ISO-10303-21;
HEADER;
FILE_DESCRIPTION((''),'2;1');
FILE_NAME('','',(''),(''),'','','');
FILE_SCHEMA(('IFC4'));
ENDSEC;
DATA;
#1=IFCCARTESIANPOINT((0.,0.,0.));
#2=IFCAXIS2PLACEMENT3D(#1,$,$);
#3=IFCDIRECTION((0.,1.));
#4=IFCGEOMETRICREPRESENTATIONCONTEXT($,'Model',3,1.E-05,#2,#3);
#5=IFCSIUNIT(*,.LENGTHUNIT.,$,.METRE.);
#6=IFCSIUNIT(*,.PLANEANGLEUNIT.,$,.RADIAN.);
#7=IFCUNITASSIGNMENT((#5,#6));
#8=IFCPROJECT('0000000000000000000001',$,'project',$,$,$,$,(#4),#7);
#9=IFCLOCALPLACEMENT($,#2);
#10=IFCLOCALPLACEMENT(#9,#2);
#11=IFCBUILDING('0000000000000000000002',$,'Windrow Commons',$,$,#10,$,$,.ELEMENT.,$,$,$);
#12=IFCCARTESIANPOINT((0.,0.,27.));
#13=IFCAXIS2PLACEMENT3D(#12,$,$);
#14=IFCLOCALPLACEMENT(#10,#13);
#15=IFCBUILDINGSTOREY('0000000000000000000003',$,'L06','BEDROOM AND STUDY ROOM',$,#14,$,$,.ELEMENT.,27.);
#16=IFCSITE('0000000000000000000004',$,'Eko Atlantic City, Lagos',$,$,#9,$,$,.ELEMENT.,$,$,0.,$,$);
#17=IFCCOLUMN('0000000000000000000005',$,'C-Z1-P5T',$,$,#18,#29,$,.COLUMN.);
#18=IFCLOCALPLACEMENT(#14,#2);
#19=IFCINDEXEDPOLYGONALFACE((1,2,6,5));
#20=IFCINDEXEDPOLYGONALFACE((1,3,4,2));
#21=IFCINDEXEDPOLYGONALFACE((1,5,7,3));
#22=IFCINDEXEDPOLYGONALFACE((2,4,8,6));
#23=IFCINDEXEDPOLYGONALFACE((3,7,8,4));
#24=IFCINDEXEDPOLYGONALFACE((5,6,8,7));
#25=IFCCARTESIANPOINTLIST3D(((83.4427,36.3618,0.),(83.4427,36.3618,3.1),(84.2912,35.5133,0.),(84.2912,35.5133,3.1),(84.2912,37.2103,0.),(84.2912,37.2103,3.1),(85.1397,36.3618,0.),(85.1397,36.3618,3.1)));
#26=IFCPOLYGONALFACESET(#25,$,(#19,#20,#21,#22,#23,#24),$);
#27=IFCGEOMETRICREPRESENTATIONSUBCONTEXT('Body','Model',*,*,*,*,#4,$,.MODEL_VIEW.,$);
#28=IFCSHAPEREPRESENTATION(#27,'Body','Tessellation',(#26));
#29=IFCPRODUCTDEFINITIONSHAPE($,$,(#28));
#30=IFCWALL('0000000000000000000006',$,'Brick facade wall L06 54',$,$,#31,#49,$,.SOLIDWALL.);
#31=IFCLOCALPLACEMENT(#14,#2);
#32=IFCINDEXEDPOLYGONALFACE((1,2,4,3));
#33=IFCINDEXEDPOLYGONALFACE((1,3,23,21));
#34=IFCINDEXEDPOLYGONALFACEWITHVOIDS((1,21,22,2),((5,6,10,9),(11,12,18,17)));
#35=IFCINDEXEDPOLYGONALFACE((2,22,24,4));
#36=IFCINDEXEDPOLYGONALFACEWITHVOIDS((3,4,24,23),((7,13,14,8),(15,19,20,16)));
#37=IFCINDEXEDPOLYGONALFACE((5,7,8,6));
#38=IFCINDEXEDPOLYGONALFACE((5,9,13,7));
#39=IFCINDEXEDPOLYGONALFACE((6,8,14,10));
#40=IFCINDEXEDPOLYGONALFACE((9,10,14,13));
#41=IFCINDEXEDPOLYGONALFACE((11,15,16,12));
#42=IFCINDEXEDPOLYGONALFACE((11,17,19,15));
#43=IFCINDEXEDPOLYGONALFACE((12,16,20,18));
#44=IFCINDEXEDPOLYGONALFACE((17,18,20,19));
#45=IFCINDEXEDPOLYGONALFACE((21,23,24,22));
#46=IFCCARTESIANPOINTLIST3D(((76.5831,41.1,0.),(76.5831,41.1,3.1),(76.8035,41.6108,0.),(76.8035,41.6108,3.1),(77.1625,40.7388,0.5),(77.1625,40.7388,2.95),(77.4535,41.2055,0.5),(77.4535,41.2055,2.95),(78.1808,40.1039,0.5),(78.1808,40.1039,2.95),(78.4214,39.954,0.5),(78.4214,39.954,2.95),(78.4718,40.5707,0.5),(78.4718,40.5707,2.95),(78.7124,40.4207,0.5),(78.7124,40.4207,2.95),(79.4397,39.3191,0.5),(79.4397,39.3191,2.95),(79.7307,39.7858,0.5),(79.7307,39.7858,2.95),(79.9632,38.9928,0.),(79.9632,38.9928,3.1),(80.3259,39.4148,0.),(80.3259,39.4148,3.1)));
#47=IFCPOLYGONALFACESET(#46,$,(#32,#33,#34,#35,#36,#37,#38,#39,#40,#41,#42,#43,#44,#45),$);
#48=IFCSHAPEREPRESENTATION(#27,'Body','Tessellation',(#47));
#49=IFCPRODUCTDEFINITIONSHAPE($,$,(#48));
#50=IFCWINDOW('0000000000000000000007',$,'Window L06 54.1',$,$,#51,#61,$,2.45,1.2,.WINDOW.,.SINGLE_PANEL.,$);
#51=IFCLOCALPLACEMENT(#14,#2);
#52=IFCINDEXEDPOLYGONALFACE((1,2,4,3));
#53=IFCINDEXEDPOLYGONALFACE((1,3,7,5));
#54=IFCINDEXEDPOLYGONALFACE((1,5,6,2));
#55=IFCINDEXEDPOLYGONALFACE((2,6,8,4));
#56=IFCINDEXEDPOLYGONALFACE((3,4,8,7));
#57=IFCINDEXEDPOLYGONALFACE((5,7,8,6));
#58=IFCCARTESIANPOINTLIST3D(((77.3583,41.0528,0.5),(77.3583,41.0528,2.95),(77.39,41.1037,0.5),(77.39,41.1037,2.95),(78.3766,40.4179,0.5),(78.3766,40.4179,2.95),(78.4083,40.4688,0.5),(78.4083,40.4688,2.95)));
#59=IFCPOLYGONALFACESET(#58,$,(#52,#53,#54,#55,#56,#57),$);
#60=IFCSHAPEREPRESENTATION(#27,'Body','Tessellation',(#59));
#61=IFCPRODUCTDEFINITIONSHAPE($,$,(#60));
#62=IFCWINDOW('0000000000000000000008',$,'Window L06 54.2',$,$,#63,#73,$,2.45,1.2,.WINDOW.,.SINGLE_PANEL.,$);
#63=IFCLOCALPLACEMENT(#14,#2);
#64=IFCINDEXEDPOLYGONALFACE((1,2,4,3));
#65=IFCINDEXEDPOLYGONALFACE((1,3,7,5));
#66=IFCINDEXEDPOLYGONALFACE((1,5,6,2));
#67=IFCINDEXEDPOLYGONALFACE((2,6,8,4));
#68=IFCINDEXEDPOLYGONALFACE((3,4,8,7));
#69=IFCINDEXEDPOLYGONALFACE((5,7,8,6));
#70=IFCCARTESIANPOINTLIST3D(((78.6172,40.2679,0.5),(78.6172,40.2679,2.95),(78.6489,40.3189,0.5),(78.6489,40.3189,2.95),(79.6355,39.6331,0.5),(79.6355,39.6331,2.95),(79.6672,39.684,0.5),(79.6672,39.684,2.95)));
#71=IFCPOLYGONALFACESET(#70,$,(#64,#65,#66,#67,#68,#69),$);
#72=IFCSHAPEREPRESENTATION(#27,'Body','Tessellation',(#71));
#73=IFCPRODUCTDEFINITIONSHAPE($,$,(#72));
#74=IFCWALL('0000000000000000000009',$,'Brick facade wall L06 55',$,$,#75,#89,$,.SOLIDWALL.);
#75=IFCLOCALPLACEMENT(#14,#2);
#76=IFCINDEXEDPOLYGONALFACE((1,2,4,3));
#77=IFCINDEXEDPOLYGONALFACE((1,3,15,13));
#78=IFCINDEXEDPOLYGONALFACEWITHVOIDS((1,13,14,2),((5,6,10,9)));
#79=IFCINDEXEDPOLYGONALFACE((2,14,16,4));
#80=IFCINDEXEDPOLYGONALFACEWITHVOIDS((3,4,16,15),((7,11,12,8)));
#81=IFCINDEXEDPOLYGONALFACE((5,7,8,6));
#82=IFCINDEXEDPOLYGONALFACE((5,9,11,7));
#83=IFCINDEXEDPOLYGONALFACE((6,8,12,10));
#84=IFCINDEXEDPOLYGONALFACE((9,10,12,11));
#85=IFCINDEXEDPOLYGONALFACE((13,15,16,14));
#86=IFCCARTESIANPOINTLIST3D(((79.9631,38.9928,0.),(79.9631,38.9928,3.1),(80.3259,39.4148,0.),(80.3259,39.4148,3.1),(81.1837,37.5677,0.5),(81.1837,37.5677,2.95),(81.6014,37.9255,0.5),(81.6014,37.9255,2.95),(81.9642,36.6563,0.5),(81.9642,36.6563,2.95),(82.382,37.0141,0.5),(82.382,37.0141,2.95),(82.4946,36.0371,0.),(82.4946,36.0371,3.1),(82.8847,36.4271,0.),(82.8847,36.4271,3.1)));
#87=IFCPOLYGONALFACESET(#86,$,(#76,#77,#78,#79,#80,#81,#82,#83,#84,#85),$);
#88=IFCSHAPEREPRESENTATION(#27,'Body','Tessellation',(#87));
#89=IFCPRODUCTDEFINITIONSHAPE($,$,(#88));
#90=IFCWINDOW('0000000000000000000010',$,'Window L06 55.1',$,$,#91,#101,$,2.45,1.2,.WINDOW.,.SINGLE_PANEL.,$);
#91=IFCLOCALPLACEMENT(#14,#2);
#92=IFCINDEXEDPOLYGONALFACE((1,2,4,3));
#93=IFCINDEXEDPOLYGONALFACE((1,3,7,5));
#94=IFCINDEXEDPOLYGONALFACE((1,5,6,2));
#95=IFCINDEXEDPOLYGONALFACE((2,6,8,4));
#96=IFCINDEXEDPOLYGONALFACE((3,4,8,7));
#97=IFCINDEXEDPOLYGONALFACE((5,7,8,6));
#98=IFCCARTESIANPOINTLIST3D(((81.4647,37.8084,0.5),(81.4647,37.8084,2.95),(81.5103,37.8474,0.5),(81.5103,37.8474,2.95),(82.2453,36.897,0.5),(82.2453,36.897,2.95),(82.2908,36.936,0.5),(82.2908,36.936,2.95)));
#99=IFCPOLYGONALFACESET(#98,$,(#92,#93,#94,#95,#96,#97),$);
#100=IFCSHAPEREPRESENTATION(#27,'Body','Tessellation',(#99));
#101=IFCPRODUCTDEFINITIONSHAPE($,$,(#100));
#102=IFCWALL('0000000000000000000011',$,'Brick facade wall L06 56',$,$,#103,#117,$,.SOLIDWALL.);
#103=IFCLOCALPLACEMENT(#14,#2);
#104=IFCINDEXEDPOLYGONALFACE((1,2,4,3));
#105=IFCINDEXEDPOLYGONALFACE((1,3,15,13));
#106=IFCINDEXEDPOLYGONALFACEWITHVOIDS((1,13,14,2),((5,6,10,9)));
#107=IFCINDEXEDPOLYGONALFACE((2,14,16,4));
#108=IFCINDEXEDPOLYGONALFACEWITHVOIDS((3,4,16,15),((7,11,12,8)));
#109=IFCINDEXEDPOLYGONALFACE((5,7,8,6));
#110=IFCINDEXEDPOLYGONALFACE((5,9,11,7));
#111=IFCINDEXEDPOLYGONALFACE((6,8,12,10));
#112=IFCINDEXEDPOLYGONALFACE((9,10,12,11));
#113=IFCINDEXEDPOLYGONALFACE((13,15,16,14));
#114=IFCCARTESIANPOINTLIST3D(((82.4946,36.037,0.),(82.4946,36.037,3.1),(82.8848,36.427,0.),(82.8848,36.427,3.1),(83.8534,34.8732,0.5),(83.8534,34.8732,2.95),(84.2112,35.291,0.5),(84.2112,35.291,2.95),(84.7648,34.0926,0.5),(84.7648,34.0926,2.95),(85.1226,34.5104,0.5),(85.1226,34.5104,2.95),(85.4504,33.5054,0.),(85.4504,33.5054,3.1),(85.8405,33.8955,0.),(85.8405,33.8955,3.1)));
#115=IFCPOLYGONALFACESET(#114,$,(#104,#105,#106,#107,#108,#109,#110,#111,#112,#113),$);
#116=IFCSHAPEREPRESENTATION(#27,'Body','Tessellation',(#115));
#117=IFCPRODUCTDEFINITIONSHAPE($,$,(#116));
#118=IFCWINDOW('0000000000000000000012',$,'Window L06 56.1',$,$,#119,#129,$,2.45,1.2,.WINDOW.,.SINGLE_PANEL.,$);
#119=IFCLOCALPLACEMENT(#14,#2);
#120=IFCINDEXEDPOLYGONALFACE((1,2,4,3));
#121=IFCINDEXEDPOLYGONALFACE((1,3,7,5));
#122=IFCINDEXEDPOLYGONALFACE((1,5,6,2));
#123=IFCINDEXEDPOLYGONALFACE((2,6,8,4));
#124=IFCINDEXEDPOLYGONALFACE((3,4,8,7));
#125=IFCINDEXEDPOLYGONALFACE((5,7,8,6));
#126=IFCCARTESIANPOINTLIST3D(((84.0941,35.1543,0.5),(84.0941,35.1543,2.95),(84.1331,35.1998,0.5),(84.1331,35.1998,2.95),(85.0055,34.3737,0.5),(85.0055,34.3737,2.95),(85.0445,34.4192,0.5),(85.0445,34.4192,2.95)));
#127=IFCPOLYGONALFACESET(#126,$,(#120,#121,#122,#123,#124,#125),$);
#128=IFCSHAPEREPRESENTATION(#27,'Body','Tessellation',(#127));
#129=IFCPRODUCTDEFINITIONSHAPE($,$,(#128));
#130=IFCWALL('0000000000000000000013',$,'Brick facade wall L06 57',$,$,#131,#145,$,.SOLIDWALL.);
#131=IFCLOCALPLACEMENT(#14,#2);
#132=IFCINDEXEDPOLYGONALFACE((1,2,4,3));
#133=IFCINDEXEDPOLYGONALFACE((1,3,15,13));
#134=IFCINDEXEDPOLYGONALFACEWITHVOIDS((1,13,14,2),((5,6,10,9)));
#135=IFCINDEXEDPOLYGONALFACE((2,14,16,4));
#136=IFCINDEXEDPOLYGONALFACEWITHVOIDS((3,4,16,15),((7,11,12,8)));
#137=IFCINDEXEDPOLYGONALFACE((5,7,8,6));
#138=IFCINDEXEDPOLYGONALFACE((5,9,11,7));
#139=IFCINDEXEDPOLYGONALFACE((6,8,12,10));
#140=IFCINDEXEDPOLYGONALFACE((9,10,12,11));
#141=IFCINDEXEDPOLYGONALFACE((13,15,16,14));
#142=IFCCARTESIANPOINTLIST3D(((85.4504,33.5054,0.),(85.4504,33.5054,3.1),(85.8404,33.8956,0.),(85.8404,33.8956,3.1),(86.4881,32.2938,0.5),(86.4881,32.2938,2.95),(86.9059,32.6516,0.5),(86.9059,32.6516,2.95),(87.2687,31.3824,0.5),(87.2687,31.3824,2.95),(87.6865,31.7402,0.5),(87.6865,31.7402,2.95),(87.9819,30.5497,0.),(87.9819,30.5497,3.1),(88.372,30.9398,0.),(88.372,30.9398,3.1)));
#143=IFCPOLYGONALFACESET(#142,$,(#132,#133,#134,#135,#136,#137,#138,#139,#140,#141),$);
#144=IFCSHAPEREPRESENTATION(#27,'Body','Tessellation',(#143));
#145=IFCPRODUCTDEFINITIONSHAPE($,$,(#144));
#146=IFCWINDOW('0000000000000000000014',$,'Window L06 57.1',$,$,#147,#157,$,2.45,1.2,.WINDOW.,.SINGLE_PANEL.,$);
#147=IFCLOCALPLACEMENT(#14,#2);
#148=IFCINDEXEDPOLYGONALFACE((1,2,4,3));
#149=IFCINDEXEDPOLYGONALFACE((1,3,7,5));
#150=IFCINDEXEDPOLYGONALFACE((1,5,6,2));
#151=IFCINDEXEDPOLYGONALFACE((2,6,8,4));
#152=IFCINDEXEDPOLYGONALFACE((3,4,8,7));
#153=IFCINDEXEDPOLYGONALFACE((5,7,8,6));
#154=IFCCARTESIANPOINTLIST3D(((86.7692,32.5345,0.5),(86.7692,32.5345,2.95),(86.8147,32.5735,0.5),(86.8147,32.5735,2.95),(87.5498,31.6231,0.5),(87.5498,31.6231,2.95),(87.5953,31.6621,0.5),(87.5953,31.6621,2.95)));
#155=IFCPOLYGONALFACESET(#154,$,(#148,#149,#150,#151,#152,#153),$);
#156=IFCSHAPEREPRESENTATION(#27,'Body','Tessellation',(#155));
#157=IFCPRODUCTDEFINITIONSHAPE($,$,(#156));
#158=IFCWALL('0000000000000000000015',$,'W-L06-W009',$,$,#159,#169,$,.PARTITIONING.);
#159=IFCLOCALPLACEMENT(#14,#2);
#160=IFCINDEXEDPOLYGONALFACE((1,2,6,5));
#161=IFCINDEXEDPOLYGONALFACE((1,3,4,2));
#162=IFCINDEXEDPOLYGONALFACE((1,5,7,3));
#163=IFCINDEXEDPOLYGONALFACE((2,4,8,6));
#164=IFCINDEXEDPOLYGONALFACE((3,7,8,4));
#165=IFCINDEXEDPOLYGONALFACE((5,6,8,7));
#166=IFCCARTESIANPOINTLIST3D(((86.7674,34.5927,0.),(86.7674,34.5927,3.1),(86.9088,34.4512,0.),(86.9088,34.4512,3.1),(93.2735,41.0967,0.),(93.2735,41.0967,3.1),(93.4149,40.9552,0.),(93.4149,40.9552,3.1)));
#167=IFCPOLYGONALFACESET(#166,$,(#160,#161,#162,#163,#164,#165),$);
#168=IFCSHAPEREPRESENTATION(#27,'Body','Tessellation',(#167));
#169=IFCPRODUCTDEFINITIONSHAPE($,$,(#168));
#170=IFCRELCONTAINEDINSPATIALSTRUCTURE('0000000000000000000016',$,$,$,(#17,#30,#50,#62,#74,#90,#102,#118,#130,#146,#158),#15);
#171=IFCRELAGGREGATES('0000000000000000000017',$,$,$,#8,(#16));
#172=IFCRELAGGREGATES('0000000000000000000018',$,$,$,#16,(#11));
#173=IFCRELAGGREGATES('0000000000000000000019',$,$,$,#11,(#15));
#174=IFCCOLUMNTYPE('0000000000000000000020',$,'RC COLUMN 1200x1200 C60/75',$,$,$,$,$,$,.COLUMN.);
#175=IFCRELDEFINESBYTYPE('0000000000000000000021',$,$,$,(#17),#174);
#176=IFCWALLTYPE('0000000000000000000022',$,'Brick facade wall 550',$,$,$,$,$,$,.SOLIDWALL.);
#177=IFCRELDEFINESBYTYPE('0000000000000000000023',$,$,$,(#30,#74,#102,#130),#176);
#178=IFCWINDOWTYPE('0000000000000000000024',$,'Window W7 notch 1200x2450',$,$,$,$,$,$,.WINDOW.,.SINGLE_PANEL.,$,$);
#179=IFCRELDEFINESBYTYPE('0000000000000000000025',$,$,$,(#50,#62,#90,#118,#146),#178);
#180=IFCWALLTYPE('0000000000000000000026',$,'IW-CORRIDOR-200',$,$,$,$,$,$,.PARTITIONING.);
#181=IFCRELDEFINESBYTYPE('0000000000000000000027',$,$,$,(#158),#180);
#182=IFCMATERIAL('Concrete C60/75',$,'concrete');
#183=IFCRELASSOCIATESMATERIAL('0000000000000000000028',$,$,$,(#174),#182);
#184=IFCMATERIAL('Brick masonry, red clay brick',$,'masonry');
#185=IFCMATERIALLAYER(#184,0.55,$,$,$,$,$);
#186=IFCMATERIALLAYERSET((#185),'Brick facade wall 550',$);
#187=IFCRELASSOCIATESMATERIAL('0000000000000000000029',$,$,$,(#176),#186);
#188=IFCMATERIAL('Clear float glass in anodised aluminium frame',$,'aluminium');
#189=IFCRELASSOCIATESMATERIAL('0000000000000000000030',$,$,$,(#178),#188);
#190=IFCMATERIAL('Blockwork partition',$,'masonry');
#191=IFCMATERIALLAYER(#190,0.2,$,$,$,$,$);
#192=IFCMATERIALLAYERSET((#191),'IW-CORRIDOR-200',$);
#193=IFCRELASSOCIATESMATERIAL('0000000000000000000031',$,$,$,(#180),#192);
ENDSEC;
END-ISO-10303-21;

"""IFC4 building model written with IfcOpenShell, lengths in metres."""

from ifc_helpers import new_model, si_unit, direction, frame, frame_2d, origin, origin_2d, place, context, subcontext, project, spatial, polyline, rectangle, outline, extrude, material, layer, layer_set, material_profile, profile_set, type_object, element, fill, save


model = new_model("IFC4")

# Units and contexts
model_context = context("Model", 3, precision=1e-05, world=origin(), true_north=direction((0.0, 1.0)))
body_context = subcontext(model_context, "Body", "Model", "MODEL_VIEW")
ifc_project = project(units=[si_unit("LENGTHUNIT", "METRE"), si_unit("PLANEANGLEUNIT", "RADIAN")], contexts=[model_context])

# Site, building, storey
site_placement = place(None, origin())
site = spatial("IfcSite", under=ifc_project, at=site_placement, Name="Eko Atlantic City, Lagos", CompositionType="ELEMENT", RefElevation=0.0)
building_placement = place(site_placement, origin())
building = spatial("IfcBuilding", under=site, at=building_placement, Name="Windrow Commons", CompositionType="ELEMENT")
storey_placement = place(building_placement, frame((0.0, 0.0, 27.0)))
storey = spatial("IfcBuildingStorey", under=building, at=storey_placement, Name="L06", Description="BEDROOM AND STUDY ROOM", CompositionType="ELEMENT", Elevation=27.0)

# Column
ifc_material_1 = material(Name="Concrete C60/75", Category="concrete")
ifc_material_profile = material_profile(ifc_material_1, rectangle(XDim=1.2, YDim=1.2, at=origin_2d()))
ifc_profile_set = profile_set([ifc_material_profile], Name="Concrete C60/75")
column_type = type_object("IfcColumnType", Name="RC COLUMN 1200x1200 C60/75", PredefinedType="COLUMN", material=ifc_profile_set)
column_placement = place(storey_placement, frame((84.2912, 36.3618, 0.0), z_axis=(0.0, 0.0, 1.0), x_axis=(0.707107, -0.707107, 0.0)))
element("IfcColumn", 1, at=column_placement, inside=storey, type_object=column_type, Name="C-Z1-P5T", PredefinedType="COLUMN", context=body_context, shape_type="SweptSolid", body=[
    extrude(rectangle(XDim=1.2, YDim=1.2, at=origin_2d()), origin(), (0.0, 0.0, 1.0), 3.1),
])

# Wall, openings, windows
ifc_material_2 = material(Name="Brick masonry, red clay brick", Category="masonry")
ifc_layer_1 = layer(ifc_material_2, 0.55)
ifc_layer_set_1 = layer_set([ifc_layer_1], Name="Brick facade wall 550")
wall_type_1 = type_object("IfcWallType", Name="Brick facade wall 550", PredefinedType="SOLIDWALL", material=ifc_layer_set_1)
wall_1_placement = place(storey_placement, frame((76.6933, 41.3554, 0.0), z_axis=(0.0, 0.0, 1.0), x_axis=(0.848595, -0.529044, 0.0)))
wall_1 = element("IfcWall", 2, at=wall_1_placement, inside=storey, type_object=wall_type_1, Name="Brick facade wall L06 54", PredefinedType="SOLIDWALL", context=body_context, shape_type="SweptSolid", body=[
    extrude(outline(polyline([(0.0416, -0.275), (4.0247, -0.275), (4.1093, 0.275), (-0.0416, 0.275), (0.0416, -0.275)])), origin(), (0.0, 0.0, 1.0), 3.1),
])
opening_1_placement = place(wall_1_placement, frame((0.7244, 0.0, 0.5)))
opening_1 = element("IfcOpeningElement", 3, at=opening_1_placement, cuts=wall_1, PredefinedType="OPENING", context=body_context, shape_type="SweptSolid", body=[
    extrude(rectangle(XDim=1.2, YDim=2.45, at=frame_2d((0.6, 1.225))), frame((0.0, 0.285, 0.0), z_axis=(0.0, -1.0, 0.0), x_axis=(1.0, 0.0, 0.0)), (0.0, 0.0, 1.0), 0.57),
])
opening_2_placement = place(wall_1_placement, frame((2.2079, 0.0, 0.5)))
opening_2 = element("IfcOpeningElement", 4, at=opening_2_placement, cuts=wall_1, PredefinedType="OPENING", context=body_context, shape_type="SweptSolid", body=[
    extrude(rectangle(XDim=1.2, YDim=2.45, at=frame_2d((0.6, 1.225))), frame((0.0, 0.285, 0.0), z_axis=(0.0, -1.0, 0.0), x_axis=(1.0, 0.0, 0.0)), (0.0, 0.0, 1.0), 0.57),
])
ifc_material_3 = material(Name="Clear float glass in anodised aluminium frame", Category="aluminium")
window_type = type_object("IfcWindowType", Name="Window W7 notch 1200x2450", PartitioningType="SINGLE_PANEL", PredefinedType="WINDOW", material=ifc_material_3)
window_1_placement = place(opening_1_placement, origin())
window_1 = element("IfcWindow", 5, at=window_1_placement, inside=storey, type_object=window_type, Name="Window L06 54.1", OverallHeight=2.45, OverallWidth=1.2, PartitioningType="SINGLE_PANEL", PredefinedType="WINDOW", context=body_context, shape_type="SweptSolid", body=[
    extrude(rectangle(XDim=1.2, YDim=2.45, at=frame_2d((0.6, 1.225))), frame((0.0, 0.155, 0.0), z_axis=(0.0, -1.0, 0.0), x_axis=(1.0, 0.0, 0.0)), (0.0, 0.0, 1.0), 0.06),
])
fill(opening_1, window_1)
window_2_placement = place(opening_2_placement, origin())
window_2 = element("IfcWindow", 6, at=window_2_placement, inside=storey, type_object=window_type, Name="Window L06 54.2", OverallHeight=2.45, OverallWidth=1.2, PartitioningType="SINGLE_PANEL", PredefinedType="WINDOW", context=body_context, shape_type="SweptSolid", body=[
    extrude(rectangle(XDim=1.2, YDim=2.45, at=frame_2d((0.6, 1.225))), frame((0.0, 0.155, 0.0), z_axis=(0.0, -1.0, 0.0), x_axis=(1.0, 0.0, 0.0)), (0.0, 0.0, 1.0), 0.06),
])
fill(opening_2, window_2)

# Walls, openings, windows
wall_2_placement = place(storey_placement, frame((80.1445, 39.2038, 0.0), z_axis=(0.0, 0.0, 1.0), x_axis=(0.650488, -0.759516, 0.0)))
wall_2 = element("IfcWall", 7, at=wall_2_placement, inside=storey, type_object=wall_type_1, Name="Brick facade wall L06 55", PredefinedType="SOLIDWALL", context=body_context, shape_type="SweptSolid", body=[
    extrude(outline(polyline([(0.0423, -0.275), (3.9339, -0.275), (3.8914, 0.275), (-0.0423, 0.275), (0.0423, -0.275)])), origin(), (0.0, 0.0, 1.0), 3.1),
])
opening_3_placement = place(wall_2_placement, frame((1.9186, 0.0, 0.5)))
opening_3 = element("IfcOpeningElement", 8, at=opening_3_placement, cuts=wall_2, PredefinedType="OPENING", context=body_context, shape_type="SweptSolid", body=[
    extrude(rectangle(XDim=1.2, YDim=2.45, at=frame_2d((0.6, 1.225))), frame((0.0, 0.285, 0.0), z_axis=(0.0, -1.0, 0.0), x_axis=(1.0, 0.0, 0.0)), (0.0, 0.0, 1.0), 0.57),
])
window_3_placement = place(opening_3_placement, origin())
window_3 = element("IfcWindow", 9, at=window_3_placement, inside=storey, type_object=window_type, Name="Window L06 55.1", OverallHeight=2.45, OverallWidth=1.2, PartitioningType="SINGLE_PANEL", PredefinedType="WINDOW", context=body_context, shape_type="SweptSolid", body=[
    extrude(rectangle(XDim=1.2, YDim=2.45, at=frame_2d((0.6, 1.225))), frame((0.0, 0.155, 0.0), z_axis=(0.0, -1.0, 0.0), x_axis=(1.0, 0.0, 0.0)), (0.0, 0.0, 1.0), 0.06),
])
fill(opening_3, window_3)
wall_3_placement = place(storey_placement, frame((82.6897, 36.232, 0.0), z_axis=(0.0, 0.0, 1.0), x_axis=(0.759505, -0.650501, 0.0)))
wall_3 = element("IfcWall", 10, at=wall_3_placement, inside=storey, type_object=wall_type_1, Name="Brick facade wall L06 56", PredefinedType="SOLIDWALL", context=body_context, shape_type="SweptSolid", body=[
    extrude(outline(polyline([(-0.0213, -0.275), (3.8704, -0.275), (3.9129, 0.275), (0.0213, 0.275), (-0.0213, -0.275)])), origin(), (0.0, 0.0, 1.0), 3.1),
])
opening_4_placement = place(wall_3_placement, frame((1.7677, 0.0, 0.5)))
opening_4 = element("IfcOpeningElement", 11, at=opening_4_placement, cuts=wall_3, PredefinedType="OPENING", context=body_context, shape_type="SweptSolid", body=[
    extrude(rectangle(XDim=1.2, YDim=2.45, at=frame_2d((0.6, 1.225))), frame((0.0, 0.285, 0.0), z_axis=(0.0, -1.0, 0.0), x_axis=(1.0, 0.0, 0.0)), (0.0, 0.0, 1.0), 0.57),
])
window_4_placement = place(opening_4_placement, origin())
window_4 = element("IfcWindow", 12, at=window_4_placement, inside=storey, type_object=window_type, Name="Window L06 56.1", OverallHeight=2.45, OverallWidth=1.2, PartitioningType="SINGLE_PANEL", PredefinedType="WINDOW", context=body_context, shape_type="SweptSolid", body=[
    extrude(rectangle(XDim=1.2, YDim=2.45, at=frame_2d((0.6, 1.225))), frame((0.0, 0.155, 0.0), z_axis=(0.0, -1.0, 0.0), x_axis=(1.0, 0.0, 0.0)), (0.0, 0.0, 1.0), 0.06),
])
fill(opening_4, window_4)
wall_4_placement = place(storey_placement, frame((85.6454, 33.7005, 0.0), z_axis=(0.0, 0.0, 1.0), x_axis=(0.650501, -0.759505, 0.0)))
wall_4 = element("IfcWall", 13, at=wall_4_placement, inside=storey, type_object=wall_type_1, Name="Brick facade wall L06 57", PredefinedType="SOLIDWALL", context=body_context, shape_type="SweptSolid", body=[
    extrude(outline(polyline([(0.0213, -0.275), (3.9129, -0.275), (3.8704, 0.275), (-0.0213, 0.275), (0.0213, -0.275)])), origin(), (0.0, 0.0, 1.0), 3.1),
])
opening_5_placement = place(wall_4_placement, frame((1.6166, 0.0, 0.5)))
opening_5 = element("IfcOpeningElement", 14, at=opening_5_placement, cuts=wall_4, PredefinedType="OPENING", context=body_context, shape_type="SweptSolid", body=[
    extrude(rectangle(XDim=1.2, YDim=2.45, at=frame_2d((0.6, 1.225))), frame((0.0, 0.285, 0.0), z_axis=(0.0, -1.0, 0.0), x_axis=(1.0, 0.0, 0.0)), (0.0, 0.0, 1.0), 0.57),
])
window_5_placement = place(opening_5_placement, origin())
window_5 = element("IfcWindow", 15, at=window_5_placement, inside=storey, type_object=window_type, Name="Window L06 57.1", OverallHeight=2.45, OverallWidth=1.2, PartitioningType="SINGLE_PANEL", PredefinedType="WINDOW", context=body_context, shape_type="SweptSolid", body=[
    extrude(rectangle(XDim=1.2, YDim=2.45, at=frame_2d((0.6, 1.225))), frame((0.0, 0.155, 0.0), z_axis=(0.0, -1.0, 0.0), x_axis=(1.0, 0.0, 0.0)), (0.0, 0.0, 1.0), 0.06),
])
fill(opening_5, window_5)

# Wall
ifc_material_4 = material(Name="Blockwork partition", Category="masonry")
ifc_layer_2 = layer(ifc_material_4, 0.2)
ifc_layer_set_2 = layer_set([ifc_layer_2], Name="IW-CORRIDOR-200")
wall_type_2 = type_object("IfcWallType", Name="IW-CORRIDOR-200", PredefinedType="PARTITIONING", material=ifc_layer_set_2)
wall_5_placement = place(storey_placement, frame((86.8381, 34.5219, 0.0), z_axis=(0.0, 0.0, 1.0), x_axis=(0.707215, 0.706998, 0.0)))
element("IfcWall", 16, at=wall_5_placement, inside=storey, type_object=wall_type_2, Name="W-L06-W009", PredefinedType="PARTITIONING", context=body_context, shape_type="SweptSolid", body=[
    extrude(rectangle(XDim=9.1995, YDim=0.2, at=frame_2d((4.5998, 0.0))), origin(), (0.0, 0.0, 1.0), 3.1),
])

save(model, "model.ifc")
